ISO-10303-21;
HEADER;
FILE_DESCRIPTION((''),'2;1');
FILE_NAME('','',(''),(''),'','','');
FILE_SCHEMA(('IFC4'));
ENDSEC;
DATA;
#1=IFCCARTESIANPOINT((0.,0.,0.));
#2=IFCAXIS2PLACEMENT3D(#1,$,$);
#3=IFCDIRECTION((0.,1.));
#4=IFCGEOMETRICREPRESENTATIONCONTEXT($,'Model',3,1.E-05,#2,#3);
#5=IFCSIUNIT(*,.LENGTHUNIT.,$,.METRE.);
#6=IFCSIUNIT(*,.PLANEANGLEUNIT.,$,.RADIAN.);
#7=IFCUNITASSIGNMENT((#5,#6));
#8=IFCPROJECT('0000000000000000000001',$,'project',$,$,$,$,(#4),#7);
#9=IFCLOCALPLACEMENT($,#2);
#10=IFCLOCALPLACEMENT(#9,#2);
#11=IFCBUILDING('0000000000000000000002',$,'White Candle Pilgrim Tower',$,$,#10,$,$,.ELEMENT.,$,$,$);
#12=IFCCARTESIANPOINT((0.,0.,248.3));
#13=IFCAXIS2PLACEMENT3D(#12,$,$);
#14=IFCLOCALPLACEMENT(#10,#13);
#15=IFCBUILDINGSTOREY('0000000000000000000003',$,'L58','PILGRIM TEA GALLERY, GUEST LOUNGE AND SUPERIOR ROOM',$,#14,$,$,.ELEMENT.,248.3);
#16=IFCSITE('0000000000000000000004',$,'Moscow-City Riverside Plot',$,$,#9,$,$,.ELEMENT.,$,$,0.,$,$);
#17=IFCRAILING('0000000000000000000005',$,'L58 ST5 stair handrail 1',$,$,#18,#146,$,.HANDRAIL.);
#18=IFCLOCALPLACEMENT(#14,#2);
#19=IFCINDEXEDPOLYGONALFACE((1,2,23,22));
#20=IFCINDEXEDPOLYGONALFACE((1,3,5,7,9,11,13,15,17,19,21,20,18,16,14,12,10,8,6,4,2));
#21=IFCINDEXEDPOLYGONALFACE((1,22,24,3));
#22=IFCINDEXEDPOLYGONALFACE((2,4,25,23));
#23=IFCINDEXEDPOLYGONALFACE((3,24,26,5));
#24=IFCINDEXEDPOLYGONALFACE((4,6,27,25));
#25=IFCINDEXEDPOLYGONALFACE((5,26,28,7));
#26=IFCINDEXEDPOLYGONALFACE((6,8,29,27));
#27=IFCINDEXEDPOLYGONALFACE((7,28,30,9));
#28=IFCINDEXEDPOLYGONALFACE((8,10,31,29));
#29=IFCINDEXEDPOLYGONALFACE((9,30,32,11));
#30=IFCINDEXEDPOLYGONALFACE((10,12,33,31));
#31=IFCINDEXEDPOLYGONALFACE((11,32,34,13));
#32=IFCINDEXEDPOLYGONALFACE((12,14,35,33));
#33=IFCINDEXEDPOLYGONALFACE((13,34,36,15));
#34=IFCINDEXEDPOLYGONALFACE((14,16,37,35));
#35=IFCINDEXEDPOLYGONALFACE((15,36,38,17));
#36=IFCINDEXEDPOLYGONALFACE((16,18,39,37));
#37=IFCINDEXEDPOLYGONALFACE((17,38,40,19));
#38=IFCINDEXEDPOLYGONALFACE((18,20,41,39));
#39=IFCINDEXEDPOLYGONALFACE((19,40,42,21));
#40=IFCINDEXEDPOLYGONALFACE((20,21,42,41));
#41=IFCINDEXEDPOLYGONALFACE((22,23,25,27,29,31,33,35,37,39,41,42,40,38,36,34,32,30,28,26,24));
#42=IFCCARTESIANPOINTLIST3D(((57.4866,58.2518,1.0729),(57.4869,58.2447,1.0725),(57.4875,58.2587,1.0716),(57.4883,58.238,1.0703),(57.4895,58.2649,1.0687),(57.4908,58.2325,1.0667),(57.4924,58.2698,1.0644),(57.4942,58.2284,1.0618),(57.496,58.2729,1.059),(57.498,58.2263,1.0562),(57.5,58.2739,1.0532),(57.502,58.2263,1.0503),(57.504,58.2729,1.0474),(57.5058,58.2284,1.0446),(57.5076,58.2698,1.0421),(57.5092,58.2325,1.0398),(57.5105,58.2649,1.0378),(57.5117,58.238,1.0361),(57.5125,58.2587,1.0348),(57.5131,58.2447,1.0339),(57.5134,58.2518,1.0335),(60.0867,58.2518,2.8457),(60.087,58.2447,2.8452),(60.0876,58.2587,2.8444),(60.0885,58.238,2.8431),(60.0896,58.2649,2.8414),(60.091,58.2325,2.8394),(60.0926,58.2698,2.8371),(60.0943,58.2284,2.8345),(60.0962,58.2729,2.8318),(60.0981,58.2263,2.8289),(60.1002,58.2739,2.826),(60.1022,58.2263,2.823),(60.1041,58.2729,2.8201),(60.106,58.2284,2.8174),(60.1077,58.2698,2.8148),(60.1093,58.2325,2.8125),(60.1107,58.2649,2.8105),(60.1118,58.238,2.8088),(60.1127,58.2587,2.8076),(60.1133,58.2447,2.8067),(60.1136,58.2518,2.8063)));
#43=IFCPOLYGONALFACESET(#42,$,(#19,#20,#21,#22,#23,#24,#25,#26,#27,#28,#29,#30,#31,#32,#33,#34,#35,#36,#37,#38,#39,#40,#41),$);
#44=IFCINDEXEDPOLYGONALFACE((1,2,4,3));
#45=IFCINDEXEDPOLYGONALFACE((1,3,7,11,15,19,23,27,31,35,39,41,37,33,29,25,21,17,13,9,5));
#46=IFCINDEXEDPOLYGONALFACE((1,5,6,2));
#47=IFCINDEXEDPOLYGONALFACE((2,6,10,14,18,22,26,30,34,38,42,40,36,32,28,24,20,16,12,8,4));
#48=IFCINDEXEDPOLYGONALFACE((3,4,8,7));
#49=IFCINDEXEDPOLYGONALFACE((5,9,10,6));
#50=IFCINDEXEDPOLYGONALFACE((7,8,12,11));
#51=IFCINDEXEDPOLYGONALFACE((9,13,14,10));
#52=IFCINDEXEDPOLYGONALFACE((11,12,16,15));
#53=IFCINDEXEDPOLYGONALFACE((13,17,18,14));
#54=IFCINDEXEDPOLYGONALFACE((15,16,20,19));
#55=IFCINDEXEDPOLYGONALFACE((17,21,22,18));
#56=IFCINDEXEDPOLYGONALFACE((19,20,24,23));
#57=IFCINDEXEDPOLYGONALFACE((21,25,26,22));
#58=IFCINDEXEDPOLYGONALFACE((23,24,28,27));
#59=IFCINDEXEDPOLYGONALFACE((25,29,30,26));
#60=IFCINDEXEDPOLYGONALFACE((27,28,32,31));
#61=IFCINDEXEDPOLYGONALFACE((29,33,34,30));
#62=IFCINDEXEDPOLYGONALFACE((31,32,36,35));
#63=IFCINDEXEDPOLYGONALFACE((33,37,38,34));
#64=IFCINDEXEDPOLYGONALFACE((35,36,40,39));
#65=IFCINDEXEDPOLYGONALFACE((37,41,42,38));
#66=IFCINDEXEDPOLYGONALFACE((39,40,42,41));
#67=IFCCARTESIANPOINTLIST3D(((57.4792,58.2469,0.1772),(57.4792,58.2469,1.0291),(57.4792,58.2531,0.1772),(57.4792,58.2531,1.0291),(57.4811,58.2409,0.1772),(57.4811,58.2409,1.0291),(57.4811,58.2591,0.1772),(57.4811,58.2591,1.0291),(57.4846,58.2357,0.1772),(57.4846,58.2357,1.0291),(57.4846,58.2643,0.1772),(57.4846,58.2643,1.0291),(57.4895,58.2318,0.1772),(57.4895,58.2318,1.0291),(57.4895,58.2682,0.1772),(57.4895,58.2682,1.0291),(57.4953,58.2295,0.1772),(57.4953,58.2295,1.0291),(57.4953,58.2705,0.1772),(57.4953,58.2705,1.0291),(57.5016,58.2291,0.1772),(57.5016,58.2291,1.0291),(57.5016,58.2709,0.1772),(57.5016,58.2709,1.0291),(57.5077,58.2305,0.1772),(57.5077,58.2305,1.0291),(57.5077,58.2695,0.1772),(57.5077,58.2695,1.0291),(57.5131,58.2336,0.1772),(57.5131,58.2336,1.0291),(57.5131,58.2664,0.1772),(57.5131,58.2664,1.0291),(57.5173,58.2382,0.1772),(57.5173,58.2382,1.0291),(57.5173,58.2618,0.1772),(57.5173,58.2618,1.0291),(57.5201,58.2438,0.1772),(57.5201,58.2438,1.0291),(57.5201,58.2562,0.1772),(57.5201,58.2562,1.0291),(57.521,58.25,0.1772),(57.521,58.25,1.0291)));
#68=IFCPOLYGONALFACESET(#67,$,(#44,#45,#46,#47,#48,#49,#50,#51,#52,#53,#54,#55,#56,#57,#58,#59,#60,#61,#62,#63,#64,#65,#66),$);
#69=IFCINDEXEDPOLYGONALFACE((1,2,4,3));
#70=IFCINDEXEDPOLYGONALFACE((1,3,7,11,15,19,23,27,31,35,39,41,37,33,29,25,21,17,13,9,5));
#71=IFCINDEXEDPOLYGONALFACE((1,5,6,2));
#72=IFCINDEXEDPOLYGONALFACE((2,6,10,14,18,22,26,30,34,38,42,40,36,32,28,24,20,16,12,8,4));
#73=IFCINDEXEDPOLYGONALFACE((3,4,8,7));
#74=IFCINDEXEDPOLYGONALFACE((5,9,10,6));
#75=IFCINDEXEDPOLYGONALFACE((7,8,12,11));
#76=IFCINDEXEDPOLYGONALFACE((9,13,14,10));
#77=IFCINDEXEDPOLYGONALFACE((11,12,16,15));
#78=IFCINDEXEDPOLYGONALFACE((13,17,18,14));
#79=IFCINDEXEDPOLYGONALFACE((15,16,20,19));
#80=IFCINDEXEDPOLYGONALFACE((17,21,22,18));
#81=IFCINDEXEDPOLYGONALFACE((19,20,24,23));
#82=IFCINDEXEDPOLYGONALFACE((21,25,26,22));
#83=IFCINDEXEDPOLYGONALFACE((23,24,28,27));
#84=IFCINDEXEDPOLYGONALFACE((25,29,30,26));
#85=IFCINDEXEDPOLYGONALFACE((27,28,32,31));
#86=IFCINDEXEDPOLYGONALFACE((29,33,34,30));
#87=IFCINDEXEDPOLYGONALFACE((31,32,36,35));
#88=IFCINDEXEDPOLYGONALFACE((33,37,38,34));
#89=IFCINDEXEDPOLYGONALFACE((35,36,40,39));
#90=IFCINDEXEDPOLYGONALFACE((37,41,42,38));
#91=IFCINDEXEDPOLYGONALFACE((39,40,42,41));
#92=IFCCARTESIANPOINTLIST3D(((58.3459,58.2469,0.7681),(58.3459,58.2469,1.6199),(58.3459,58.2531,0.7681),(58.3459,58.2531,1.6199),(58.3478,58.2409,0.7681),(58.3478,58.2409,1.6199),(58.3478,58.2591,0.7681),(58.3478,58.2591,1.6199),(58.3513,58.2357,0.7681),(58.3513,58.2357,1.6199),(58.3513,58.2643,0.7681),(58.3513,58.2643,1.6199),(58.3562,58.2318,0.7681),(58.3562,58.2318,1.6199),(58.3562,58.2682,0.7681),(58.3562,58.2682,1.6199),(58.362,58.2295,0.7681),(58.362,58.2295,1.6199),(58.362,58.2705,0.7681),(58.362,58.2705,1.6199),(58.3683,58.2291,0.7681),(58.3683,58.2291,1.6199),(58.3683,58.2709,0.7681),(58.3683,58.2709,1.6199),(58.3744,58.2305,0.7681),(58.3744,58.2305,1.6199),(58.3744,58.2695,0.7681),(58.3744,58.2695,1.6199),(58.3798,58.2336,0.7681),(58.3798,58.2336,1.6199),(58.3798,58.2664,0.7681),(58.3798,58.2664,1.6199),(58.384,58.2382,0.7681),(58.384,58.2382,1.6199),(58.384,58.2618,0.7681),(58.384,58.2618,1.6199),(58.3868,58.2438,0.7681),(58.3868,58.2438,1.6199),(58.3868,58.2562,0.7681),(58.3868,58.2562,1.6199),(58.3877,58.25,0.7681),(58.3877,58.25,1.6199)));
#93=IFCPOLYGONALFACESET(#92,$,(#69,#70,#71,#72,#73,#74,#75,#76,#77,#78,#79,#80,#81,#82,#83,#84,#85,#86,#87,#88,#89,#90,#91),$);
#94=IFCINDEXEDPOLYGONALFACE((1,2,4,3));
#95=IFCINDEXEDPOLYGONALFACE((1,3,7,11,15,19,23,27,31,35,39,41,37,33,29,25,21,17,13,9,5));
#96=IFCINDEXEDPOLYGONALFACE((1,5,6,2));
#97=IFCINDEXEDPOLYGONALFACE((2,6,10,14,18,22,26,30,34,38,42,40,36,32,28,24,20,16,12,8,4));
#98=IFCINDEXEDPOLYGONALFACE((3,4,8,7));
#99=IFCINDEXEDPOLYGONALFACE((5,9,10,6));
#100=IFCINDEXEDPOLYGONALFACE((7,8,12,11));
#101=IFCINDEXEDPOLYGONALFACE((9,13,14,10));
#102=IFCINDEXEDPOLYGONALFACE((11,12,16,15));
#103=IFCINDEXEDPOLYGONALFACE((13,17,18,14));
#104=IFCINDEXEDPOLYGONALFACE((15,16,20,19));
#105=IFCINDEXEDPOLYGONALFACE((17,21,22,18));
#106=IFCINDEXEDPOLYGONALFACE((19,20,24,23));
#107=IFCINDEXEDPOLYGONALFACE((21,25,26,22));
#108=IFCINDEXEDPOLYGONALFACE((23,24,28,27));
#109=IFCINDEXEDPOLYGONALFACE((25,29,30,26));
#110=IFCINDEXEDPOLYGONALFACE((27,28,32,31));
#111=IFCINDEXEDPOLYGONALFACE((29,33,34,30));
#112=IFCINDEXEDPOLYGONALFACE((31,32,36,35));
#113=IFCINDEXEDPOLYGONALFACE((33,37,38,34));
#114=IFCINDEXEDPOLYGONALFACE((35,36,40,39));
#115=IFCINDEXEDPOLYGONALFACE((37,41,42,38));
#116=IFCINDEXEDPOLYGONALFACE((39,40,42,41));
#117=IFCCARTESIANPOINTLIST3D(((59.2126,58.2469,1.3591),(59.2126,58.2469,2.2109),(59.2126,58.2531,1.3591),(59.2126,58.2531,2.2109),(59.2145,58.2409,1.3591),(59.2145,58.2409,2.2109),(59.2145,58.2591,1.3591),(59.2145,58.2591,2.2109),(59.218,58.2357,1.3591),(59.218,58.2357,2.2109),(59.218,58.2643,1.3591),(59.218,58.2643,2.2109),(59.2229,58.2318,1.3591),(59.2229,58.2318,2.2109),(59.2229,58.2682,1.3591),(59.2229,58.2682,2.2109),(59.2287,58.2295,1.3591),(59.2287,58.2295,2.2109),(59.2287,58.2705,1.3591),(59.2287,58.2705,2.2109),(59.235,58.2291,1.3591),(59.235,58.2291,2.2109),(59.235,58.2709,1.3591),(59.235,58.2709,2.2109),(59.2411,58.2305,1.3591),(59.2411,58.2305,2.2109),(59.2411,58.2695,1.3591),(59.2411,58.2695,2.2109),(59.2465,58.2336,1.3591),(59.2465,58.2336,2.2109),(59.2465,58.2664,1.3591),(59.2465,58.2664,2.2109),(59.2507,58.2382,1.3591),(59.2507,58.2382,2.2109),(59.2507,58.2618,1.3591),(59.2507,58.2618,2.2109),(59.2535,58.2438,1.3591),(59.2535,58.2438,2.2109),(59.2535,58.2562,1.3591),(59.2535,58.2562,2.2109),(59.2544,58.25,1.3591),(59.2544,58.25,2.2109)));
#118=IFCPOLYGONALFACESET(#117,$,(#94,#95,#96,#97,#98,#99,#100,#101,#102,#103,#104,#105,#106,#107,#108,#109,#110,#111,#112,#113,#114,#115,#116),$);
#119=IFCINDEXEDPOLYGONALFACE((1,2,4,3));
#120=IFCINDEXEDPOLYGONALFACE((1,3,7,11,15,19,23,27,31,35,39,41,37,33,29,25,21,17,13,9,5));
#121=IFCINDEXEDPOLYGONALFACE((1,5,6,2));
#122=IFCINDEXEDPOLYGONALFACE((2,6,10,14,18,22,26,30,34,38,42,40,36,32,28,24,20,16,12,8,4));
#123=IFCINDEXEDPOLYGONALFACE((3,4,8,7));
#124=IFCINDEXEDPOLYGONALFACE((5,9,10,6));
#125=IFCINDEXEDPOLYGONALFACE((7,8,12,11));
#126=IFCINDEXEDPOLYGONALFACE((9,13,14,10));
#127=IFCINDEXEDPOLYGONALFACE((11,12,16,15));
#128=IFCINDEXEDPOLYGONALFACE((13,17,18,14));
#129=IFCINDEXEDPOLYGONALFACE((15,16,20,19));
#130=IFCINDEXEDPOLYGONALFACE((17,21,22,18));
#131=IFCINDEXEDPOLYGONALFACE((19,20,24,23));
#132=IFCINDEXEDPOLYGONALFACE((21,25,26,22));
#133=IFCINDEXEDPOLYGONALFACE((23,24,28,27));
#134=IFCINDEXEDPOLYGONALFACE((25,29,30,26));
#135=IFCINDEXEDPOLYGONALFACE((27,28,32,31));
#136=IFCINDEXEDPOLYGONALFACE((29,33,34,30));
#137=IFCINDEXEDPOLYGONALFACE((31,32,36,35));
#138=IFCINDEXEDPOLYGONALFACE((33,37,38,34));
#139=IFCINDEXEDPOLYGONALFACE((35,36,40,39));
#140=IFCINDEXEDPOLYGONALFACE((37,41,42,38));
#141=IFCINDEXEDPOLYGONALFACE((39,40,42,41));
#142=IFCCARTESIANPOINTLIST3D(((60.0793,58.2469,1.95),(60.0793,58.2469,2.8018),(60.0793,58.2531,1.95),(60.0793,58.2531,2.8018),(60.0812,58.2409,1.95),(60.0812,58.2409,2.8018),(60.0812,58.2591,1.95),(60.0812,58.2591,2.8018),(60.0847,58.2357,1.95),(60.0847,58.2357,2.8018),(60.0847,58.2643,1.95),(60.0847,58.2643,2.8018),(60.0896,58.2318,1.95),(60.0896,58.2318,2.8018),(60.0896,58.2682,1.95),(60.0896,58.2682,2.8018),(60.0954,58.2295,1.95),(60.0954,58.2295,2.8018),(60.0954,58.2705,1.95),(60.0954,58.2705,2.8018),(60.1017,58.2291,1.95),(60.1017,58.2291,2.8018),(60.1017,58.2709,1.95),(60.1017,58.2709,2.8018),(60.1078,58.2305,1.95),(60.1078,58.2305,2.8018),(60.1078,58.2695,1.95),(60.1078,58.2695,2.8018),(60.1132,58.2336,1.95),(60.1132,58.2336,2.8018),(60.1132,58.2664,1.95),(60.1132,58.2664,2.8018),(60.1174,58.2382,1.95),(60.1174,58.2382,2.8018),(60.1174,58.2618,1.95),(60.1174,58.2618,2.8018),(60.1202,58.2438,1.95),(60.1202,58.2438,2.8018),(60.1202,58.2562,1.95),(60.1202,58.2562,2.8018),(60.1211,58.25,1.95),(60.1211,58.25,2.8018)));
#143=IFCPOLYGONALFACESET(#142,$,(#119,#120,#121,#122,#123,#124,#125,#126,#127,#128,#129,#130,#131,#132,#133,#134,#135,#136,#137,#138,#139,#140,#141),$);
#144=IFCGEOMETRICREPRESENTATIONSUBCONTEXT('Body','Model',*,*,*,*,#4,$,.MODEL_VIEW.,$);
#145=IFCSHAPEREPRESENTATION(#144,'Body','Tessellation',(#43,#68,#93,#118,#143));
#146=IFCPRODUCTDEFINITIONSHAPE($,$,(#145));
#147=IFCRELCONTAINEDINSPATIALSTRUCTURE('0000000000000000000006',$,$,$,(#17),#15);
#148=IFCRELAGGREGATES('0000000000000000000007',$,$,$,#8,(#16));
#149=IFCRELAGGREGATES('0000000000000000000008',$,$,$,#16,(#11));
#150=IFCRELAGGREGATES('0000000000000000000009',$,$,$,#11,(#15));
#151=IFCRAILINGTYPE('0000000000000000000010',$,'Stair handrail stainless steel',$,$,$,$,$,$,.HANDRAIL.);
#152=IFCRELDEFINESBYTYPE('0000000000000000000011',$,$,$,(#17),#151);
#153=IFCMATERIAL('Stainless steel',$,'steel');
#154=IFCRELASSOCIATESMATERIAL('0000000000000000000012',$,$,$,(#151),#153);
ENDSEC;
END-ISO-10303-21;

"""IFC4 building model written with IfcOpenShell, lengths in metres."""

from ifc_helpers import new_model, si_unit, direction, frame, origin, origin_2d, place, context, subcontext, project, spatial, circle, extrude, material, type_object, element, save


model = new_model("IFC4")

# Units and contexts
model_context = context("Model", 3, precision=1e-05, world=origin(), true_north=direction((0.0, 1.0)))
body_context = subcontext(model_context, "Body", "Model", "MODEL_VIEW")
ifc_project = project(units=[si_unit("LENGTHUNIT", "METRE"), si_unit("PLANEANGLEUNIT", "RADIAN")], contexts=[model_context])

# Site, building, storey
site_placement = place(None, origin())
site = spatial("IfcSite", under=ifc_project, at=site_placement, Name="Moscow-City Riverside Plot", CompositionType="ELEMENT", RefElevation=0.0)
building_placement = place(site_placement, origin())
building = spatial("IfcBuilding", under=site, at=building_placement, Name="White Candle Pilgrim Tower", CompositionType="ELEMENT")
storey_placement = place(building_placement, frame((0.0, 0.0, 248.3)))
storey = spatial("IfcBuildingStorey", under=building, at=storey_placement, Name="L58", Description="PILGRIM TEA GALLERY, GUEST LOUNGE AND SUPERIOR ROOM", CompositionType="ELEMENT", Elevation=248.3)

# Railing
ifc_material_1 = material(Name="Stainless steel", Category="steel")
railing_type_1 = type_object("IfcRailingType", Name="Stair handrail stainless steel", PredefinedType="HANDRAIL", material=ifc_material_1)
railing_1_placement = place(storey_placement, frame((57.5, 58.25, 0.1772)))
element("IfcRailing", 1, at=railing_1_placement, inside=storey, type_object=railing_type_1, Name="L58 ST5 stair handrail 1", PredefinedType="HANDRAIL", context=body_context, shape_type="SweptSolid", body=[
    extrude(circle(Radius=0.0239, at=origin_2d()), frame((0.0, 0.0, 0.876), z_axis=(0.82624, 0.0, 0.563318), x_axis=(0.0, 1.0, 0.0)), (0.0, 0.0, 1.0), 3.147),
    extrude(circle(Radius=0.021, at=origin_2d()), origin(), (0.0, 0.0, 1.0), 0.8518),
    extrude(circle(Radius=0.021, at=origin_2d()), frame((0.8667, 0.0, 0.5908)), (0.0, 0.0, 1.0), 0.8518),
    extrude(circle(Radius=0.021, at=origin_2d()), frame((1.7334, 0.0, 1.1819)), (0.0, 0.0, 1.0), 0.8518),
    extrude(circle(Radius=0.021, at=origin_2d()), frame((2.6001, 0.0, 1.7727)), (0.0, 0.0, 1.0), 0.8518),
])

save(model, "model.ifc")
